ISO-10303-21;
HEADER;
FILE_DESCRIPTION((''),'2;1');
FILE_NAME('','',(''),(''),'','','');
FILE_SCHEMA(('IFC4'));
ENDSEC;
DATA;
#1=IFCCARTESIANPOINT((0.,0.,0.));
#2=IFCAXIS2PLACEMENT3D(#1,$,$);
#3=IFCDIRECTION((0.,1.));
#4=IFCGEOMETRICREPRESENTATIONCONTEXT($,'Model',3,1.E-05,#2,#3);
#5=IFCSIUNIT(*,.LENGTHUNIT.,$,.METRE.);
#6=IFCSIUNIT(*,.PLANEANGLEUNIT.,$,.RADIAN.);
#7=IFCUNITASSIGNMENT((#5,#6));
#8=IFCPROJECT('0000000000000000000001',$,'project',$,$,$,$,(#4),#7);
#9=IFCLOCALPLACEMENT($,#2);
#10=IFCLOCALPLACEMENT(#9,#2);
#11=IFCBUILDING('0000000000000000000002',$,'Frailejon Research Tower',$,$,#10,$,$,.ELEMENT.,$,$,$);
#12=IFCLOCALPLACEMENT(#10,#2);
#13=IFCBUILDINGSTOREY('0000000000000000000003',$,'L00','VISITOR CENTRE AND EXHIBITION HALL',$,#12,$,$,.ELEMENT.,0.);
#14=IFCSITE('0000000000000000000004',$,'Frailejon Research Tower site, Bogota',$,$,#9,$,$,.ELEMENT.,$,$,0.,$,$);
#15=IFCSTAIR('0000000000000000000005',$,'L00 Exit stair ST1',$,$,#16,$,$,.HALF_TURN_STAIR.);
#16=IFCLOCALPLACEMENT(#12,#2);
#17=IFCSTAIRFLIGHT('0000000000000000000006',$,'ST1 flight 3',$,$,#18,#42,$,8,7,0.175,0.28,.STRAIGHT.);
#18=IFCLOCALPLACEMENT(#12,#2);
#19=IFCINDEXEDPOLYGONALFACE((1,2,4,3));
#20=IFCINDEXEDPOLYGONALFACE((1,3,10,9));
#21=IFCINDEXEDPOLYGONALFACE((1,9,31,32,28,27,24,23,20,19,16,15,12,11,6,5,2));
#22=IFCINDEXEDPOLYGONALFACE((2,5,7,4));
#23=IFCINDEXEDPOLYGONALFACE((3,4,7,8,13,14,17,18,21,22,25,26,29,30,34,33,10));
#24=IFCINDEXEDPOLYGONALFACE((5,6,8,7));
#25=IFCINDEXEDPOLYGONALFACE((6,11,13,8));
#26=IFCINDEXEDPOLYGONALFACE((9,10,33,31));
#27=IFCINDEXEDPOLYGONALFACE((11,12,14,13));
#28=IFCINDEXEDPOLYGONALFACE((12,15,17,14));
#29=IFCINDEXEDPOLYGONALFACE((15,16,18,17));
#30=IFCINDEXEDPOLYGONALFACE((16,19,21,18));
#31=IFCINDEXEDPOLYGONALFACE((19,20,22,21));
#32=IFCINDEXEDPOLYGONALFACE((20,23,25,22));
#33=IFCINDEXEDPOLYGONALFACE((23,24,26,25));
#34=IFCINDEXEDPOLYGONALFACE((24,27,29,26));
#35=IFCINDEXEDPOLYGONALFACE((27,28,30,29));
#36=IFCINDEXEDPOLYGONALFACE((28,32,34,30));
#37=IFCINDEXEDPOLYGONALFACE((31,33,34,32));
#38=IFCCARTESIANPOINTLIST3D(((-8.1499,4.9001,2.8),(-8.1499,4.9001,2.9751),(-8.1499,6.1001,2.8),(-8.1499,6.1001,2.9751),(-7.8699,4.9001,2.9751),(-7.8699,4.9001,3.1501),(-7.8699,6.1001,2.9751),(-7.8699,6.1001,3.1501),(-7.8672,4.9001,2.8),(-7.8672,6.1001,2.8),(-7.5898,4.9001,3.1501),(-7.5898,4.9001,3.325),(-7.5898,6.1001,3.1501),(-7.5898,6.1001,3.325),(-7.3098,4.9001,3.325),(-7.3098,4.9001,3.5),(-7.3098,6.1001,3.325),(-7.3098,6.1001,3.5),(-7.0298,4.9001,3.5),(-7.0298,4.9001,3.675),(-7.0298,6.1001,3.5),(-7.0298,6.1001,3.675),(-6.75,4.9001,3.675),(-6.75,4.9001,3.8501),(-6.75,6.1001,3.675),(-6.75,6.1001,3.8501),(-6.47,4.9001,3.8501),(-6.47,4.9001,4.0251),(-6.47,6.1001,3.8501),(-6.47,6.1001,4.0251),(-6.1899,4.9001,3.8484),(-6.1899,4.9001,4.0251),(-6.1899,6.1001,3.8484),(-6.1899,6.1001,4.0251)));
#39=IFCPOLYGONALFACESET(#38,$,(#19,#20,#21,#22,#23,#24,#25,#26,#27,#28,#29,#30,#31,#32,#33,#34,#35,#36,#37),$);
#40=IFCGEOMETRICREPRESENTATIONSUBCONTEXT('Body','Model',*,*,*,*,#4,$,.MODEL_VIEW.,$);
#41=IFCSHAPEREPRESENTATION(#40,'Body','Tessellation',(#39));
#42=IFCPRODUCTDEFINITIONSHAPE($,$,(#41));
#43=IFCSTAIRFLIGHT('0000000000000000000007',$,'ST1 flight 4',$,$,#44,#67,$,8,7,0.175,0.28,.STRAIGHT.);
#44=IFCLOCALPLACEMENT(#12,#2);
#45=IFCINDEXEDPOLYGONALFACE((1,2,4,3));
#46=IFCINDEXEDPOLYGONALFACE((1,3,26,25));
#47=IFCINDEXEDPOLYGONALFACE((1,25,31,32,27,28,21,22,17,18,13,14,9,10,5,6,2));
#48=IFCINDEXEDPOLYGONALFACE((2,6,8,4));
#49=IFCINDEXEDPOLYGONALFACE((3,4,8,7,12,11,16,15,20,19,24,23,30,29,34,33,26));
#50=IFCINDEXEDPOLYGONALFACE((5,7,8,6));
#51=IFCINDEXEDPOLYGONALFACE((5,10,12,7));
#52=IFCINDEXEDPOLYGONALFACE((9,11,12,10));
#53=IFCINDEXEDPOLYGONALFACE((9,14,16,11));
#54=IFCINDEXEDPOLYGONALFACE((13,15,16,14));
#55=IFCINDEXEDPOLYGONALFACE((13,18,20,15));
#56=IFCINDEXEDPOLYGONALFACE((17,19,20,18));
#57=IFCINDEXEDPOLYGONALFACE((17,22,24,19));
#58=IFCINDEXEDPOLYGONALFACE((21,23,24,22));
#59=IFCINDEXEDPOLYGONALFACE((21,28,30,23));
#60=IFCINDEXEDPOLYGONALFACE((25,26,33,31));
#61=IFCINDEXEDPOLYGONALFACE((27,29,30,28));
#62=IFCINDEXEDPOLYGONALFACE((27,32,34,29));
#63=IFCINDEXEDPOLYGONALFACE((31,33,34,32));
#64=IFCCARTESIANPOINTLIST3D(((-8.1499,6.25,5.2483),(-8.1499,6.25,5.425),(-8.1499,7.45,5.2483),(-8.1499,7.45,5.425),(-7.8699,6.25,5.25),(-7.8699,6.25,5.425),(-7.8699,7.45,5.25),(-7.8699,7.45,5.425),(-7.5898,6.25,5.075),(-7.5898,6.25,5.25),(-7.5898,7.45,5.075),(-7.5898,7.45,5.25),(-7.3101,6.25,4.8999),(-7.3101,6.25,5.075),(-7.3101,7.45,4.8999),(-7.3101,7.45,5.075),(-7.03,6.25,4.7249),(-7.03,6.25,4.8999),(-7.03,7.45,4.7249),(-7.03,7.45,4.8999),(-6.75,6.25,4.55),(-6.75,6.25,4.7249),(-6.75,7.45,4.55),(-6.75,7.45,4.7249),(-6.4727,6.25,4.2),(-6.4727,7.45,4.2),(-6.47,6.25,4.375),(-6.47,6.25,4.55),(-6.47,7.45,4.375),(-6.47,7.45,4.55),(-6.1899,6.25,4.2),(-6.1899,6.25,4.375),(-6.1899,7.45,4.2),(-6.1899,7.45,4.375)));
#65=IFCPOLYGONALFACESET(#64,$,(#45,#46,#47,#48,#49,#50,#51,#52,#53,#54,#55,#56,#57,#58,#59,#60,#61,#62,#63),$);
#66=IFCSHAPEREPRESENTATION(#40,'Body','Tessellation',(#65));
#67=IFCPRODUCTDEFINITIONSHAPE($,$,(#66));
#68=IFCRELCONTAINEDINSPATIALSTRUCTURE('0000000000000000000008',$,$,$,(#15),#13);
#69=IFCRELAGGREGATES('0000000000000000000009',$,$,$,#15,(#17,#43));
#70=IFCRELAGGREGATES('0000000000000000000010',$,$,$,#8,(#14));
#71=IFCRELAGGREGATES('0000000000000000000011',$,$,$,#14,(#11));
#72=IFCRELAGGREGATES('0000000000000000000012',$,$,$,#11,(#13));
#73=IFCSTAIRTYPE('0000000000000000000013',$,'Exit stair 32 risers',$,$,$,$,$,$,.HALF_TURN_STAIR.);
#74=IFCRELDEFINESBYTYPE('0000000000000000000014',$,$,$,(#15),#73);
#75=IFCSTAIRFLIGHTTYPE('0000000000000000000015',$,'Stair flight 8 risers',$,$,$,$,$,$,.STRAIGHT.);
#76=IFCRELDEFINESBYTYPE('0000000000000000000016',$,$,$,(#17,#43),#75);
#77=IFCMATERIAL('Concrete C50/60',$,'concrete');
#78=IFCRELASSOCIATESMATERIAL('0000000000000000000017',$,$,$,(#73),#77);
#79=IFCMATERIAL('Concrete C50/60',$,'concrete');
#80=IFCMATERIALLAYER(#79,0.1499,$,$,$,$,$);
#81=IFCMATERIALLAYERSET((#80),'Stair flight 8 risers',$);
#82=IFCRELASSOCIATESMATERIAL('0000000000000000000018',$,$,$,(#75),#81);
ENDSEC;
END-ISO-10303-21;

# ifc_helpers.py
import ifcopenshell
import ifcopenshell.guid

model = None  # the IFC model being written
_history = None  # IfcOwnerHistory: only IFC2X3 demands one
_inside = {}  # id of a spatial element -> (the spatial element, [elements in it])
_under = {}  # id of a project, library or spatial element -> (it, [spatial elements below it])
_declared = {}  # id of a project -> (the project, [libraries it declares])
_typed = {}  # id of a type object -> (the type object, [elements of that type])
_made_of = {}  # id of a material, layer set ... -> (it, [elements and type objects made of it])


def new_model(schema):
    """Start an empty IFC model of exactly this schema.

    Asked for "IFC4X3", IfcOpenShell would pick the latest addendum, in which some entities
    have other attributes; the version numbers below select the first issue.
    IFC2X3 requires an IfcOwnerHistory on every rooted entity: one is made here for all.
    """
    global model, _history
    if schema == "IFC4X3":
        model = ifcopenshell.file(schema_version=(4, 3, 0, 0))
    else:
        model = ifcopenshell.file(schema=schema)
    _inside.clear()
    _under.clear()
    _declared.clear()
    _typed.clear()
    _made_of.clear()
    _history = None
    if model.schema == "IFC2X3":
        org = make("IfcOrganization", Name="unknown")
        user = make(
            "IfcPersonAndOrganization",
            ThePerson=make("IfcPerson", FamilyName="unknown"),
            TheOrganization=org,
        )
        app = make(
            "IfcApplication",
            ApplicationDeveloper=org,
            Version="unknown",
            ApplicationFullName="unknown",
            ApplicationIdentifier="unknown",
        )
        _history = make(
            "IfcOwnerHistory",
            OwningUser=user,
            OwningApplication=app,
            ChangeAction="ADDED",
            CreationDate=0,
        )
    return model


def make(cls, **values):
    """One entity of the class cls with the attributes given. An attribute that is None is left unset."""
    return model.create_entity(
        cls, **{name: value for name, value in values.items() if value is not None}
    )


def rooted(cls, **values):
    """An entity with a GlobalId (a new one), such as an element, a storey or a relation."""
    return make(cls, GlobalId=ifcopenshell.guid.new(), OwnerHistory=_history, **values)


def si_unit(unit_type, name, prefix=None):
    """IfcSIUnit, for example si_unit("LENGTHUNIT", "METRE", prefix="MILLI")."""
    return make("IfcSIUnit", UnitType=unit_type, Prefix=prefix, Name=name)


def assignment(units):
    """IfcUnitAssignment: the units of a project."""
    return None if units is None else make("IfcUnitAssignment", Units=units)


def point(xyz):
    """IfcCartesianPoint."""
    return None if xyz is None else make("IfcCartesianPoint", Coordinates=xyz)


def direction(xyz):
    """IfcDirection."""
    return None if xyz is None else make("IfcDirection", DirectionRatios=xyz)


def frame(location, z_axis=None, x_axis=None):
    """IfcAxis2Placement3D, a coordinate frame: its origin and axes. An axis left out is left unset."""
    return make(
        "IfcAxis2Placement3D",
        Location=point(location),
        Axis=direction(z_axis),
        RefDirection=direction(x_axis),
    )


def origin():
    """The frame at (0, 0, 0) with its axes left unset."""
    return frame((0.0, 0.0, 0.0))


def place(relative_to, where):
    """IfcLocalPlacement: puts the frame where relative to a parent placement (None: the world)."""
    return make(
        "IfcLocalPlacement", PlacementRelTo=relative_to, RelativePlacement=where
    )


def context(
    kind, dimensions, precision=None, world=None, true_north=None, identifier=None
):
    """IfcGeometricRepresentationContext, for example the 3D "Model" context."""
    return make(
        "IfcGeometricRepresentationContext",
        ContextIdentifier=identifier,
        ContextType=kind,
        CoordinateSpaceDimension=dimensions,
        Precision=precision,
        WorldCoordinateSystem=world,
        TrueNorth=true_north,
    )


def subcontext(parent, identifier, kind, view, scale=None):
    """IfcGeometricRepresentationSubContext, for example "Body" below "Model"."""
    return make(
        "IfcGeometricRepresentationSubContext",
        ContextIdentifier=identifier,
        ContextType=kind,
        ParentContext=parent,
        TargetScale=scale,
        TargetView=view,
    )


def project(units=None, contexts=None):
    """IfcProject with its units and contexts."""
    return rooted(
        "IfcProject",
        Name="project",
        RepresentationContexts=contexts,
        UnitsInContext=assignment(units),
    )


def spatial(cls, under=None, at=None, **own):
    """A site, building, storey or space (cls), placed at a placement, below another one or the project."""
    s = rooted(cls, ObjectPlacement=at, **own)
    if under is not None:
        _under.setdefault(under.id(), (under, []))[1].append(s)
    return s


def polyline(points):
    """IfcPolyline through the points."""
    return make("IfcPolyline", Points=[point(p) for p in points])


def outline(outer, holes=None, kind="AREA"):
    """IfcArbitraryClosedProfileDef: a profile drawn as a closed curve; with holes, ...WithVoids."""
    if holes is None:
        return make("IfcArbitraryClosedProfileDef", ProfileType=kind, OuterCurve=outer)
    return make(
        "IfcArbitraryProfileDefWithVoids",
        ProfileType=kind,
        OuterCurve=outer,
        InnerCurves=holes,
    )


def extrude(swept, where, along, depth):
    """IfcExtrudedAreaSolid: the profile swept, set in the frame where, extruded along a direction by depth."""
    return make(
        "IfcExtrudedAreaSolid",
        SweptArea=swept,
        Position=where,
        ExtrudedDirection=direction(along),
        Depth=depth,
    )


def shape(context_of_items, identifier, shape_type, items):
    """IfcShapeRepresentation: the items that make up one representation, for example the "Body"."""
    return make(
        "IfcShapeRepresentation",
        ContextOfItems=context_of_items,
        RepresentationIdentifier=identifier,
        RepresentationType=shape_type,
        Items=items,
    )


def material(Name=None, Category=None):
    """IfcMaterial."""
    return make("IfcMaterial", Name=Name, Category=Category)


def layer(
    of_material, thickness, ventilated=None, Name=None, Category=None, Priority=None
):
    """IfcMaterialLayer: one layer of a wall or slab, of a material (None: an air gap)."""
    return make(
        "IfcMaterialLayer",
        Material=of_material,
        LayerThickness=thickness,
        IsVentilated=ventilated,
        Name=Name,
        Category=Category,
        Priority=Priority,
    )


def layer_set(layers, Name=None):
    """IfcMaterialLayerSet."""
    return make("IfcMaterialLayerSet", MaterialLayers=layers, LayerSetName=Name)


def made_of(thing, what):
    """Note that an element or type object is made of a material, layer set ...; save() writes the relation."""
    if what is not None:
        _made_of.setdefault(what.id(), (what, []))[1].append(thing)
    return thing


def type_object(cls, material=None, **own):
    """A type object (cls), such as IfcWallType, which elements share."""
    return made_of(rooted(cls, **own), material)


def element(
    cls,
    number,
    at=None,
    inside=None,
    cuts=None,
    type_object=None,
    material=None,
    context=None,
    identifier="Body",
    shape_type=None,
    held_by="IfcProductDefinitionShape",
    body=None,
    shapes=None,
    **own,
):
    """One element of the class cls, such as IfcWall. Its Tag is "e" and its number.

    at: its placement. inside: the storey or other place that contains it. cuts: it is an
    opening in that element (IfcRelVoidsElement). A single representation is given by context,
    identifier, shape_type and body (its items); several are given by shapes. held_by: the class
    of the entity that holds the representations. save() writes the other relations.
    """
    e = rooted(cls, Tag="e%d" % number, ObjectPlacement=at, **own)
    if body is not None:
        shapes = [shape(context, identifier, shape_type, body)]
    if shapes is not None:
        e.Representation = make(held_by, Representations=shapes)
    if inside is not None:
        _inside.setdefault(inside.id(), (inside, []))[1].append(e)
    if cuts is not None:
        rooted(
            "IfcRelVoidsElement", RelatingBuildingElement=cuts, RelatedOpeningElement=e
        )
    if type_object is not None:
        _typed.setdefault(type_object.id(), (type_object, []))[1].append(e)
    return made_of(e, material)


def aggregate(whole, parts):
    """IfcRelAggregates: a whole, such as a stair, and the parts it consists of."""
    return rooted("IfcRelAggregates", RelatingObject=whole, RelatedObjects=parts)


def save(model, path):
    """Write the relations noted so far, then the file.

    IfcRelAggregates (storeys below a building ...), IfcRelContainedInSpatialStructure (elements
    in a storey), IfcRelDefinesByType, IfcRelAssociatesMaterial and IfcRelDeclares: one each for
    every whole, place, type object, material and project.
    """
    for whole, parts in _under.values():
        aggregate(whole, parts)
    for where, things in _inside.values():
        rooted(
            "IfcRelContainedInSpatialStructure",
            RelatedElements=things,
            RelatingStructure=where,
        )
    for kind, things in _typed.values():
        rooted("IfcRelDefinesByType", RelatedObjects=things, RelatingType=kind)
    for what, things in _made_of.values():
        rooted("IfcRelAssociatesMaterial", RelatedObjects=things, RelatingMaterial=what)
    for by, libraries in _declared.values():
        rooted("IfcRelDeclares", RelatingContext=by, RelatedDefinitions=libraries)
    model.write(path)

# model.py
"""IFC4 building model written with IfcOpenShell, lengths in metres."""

from ifc_helpers import new_model, si_unit, direction, frame, origin, place, context, subcontext, project, spatial, polyline, outline, extrude, material, layer, layer_set, type_object, element, aggregate, save


model = new_model("IFC4")

# Units and contexts
model_context = context("Model", 3, precision=1e-05, world=origin(), true_north=direction((0.0, 1.0)))
body_context = subcontext(model_context, "Body", "Model", "MODEL_VIEW")
ifc_project = project(units=[si_unit("LENGTHUNIT", "METRE"), si_unit("PLANEANGLEUNIT", "RADIAN")], contexts=[model_context])

# Site, building, storey
site_placement = place(None, origin())
site = spatial("IfcSite", under=ifc_project, at=site_placement, Name="Frailejon Research Tower site, Bogota", CompositionType="ELEMENT", RefElevation=0.0)
building_placement = place(site_placement, origin())
building = spatial("IfcBuilding", under=site, at=building_placement, Name="Frailejon Research Tower", CompositionType="ELEMENT")
storey_placement = place(building_placement, origin())
storey = spatial("IfcBuildingStorey", under=building, at=storey_placement, Name="L00", Description="VISITOR CENTRE AND EXHIBITION HALL", CompositionType="ELEMENT", Elevation=0.0)

# Stair, stair flights
ifc_material_1 = material(Name="Concrete C50/60", Category="concrete")
stair_type = type_object("IfcStairType", Name="Exit stair 32 risers", PredefinedType="HALF_TURN_STAIR", material=ifc_material_1)
stair_placement = place(storey_placement, origin())
stair = element("IfcStair", 1, at=stair_placement, inside=storey, type_object=stair_type, Name="L00 Exit stair ST1", PredefinedType="HALF_TURN_STAIR")
ifc_material_2 = material(Name="Concrete C50/60", Category="concrete")
ifc_layer_1 = layer(ifc_material_2, 0.1499)
ifc_layer_set_1 = layer_set([ifc_layer_1], Name="Stair flight 8 risers")
stair_flight_type = type_object("IfcStairFlightType", Name="Stair flight 8 risers", PredefinedType="STRAIGHT", material=ifc_layer_set_1)
stair_flight_1_placement = place(storey_placement, frame((-8.1499, 5.5, 2.8), z_axis=(0.0, 0.0, 1.0), x_axis=(1.0, 0.0, 0.0)))
stair_flight_1 = element("IfcStairFlight", 2, at=stair_flight_1_placement, type_object=stair_flight_type, Name="ST1 flight 3", NumberOfRisers=8, NumberOfTreads=7, PredefinedType="STRAIGHT", RiserHeight=0.175, TreadLength=0.28, context=body_context, shape_type="SweptSolid", body=[
    extrude(outline(polyline([(0.0, 0.0), (0.0, 0.175), (0.28, 0.175), (0.28, 0.3501), (0.5601, 0.3501), (0.5601, 0.5249), (0.8401, 0.5249), (0.8401, 0.7), (1.1201, 0.7), (1.1201, 0.875), (1.3999, 0.875), (1.3999, 1.05), (1.6799, 1.05), (1.6799, 1.2251), (1.96, 1.2251), (1.96, 1.3999), (1.96, 1.0483), (0.2827, 0.0), (0.0, 0.0)])), frame((0.0, 0.6001, 0.0), z_axis=(0.0, -1.0, 0.0), x_axis=(1.0, 0.0, 0.0)), (0.0, 0.0, 1.0), 1.2),
])
stair_flight_2_placement = place(storey_placement, frame((-6.1899, 6.8501, 4.2), z_axis=(0.0, 0.0, 1.0), x_axis=(-1.0, 0.0, 0.0)))
stair_flight_2 = element("IfcStairFlight", 3, at=stair_flight_2_placement, type_object=stair_flight_type, Name="ST1 flight 4", NumberOfRisers=8, NumberOfTreads=7, PredefinedType="STRAIGHT", RiserHeight=0.175, TreadLength=0.28, context=body_context, shape_type="SweptSolid", body=[
    extrude(outline(polyline([(0.0, 0.0), (0.0, 0.175), (0.28, 0.175), (0.28, 0.3501), (0.5601, 0.3501), (0.5601, 0.5249), (0.8401, 0.5249), (0.8401, 0.7), (1.1201, 0.7), (1.1201, 0.875), (1.3999, 0.875), (1.3999, 1.05), (1.6799, 1.05), (1.6799, 1.2251), (1.96, 1.2251), (1.96, 1.3999), (1.96, 1.0483), (0.2827, 0.0), (0.0, 0.0)])), frame((0.0, 0.6001, 0.0), z_axis=(0.0, -1.0, 0.0), x_axis=(1.0, 0.0, 0.0)), (0.0, 0.0, 1.0), 1.2),
])
aggregate(stair, [stair_flight_1, stair_flight_2])

save(model, "model.ifc")
